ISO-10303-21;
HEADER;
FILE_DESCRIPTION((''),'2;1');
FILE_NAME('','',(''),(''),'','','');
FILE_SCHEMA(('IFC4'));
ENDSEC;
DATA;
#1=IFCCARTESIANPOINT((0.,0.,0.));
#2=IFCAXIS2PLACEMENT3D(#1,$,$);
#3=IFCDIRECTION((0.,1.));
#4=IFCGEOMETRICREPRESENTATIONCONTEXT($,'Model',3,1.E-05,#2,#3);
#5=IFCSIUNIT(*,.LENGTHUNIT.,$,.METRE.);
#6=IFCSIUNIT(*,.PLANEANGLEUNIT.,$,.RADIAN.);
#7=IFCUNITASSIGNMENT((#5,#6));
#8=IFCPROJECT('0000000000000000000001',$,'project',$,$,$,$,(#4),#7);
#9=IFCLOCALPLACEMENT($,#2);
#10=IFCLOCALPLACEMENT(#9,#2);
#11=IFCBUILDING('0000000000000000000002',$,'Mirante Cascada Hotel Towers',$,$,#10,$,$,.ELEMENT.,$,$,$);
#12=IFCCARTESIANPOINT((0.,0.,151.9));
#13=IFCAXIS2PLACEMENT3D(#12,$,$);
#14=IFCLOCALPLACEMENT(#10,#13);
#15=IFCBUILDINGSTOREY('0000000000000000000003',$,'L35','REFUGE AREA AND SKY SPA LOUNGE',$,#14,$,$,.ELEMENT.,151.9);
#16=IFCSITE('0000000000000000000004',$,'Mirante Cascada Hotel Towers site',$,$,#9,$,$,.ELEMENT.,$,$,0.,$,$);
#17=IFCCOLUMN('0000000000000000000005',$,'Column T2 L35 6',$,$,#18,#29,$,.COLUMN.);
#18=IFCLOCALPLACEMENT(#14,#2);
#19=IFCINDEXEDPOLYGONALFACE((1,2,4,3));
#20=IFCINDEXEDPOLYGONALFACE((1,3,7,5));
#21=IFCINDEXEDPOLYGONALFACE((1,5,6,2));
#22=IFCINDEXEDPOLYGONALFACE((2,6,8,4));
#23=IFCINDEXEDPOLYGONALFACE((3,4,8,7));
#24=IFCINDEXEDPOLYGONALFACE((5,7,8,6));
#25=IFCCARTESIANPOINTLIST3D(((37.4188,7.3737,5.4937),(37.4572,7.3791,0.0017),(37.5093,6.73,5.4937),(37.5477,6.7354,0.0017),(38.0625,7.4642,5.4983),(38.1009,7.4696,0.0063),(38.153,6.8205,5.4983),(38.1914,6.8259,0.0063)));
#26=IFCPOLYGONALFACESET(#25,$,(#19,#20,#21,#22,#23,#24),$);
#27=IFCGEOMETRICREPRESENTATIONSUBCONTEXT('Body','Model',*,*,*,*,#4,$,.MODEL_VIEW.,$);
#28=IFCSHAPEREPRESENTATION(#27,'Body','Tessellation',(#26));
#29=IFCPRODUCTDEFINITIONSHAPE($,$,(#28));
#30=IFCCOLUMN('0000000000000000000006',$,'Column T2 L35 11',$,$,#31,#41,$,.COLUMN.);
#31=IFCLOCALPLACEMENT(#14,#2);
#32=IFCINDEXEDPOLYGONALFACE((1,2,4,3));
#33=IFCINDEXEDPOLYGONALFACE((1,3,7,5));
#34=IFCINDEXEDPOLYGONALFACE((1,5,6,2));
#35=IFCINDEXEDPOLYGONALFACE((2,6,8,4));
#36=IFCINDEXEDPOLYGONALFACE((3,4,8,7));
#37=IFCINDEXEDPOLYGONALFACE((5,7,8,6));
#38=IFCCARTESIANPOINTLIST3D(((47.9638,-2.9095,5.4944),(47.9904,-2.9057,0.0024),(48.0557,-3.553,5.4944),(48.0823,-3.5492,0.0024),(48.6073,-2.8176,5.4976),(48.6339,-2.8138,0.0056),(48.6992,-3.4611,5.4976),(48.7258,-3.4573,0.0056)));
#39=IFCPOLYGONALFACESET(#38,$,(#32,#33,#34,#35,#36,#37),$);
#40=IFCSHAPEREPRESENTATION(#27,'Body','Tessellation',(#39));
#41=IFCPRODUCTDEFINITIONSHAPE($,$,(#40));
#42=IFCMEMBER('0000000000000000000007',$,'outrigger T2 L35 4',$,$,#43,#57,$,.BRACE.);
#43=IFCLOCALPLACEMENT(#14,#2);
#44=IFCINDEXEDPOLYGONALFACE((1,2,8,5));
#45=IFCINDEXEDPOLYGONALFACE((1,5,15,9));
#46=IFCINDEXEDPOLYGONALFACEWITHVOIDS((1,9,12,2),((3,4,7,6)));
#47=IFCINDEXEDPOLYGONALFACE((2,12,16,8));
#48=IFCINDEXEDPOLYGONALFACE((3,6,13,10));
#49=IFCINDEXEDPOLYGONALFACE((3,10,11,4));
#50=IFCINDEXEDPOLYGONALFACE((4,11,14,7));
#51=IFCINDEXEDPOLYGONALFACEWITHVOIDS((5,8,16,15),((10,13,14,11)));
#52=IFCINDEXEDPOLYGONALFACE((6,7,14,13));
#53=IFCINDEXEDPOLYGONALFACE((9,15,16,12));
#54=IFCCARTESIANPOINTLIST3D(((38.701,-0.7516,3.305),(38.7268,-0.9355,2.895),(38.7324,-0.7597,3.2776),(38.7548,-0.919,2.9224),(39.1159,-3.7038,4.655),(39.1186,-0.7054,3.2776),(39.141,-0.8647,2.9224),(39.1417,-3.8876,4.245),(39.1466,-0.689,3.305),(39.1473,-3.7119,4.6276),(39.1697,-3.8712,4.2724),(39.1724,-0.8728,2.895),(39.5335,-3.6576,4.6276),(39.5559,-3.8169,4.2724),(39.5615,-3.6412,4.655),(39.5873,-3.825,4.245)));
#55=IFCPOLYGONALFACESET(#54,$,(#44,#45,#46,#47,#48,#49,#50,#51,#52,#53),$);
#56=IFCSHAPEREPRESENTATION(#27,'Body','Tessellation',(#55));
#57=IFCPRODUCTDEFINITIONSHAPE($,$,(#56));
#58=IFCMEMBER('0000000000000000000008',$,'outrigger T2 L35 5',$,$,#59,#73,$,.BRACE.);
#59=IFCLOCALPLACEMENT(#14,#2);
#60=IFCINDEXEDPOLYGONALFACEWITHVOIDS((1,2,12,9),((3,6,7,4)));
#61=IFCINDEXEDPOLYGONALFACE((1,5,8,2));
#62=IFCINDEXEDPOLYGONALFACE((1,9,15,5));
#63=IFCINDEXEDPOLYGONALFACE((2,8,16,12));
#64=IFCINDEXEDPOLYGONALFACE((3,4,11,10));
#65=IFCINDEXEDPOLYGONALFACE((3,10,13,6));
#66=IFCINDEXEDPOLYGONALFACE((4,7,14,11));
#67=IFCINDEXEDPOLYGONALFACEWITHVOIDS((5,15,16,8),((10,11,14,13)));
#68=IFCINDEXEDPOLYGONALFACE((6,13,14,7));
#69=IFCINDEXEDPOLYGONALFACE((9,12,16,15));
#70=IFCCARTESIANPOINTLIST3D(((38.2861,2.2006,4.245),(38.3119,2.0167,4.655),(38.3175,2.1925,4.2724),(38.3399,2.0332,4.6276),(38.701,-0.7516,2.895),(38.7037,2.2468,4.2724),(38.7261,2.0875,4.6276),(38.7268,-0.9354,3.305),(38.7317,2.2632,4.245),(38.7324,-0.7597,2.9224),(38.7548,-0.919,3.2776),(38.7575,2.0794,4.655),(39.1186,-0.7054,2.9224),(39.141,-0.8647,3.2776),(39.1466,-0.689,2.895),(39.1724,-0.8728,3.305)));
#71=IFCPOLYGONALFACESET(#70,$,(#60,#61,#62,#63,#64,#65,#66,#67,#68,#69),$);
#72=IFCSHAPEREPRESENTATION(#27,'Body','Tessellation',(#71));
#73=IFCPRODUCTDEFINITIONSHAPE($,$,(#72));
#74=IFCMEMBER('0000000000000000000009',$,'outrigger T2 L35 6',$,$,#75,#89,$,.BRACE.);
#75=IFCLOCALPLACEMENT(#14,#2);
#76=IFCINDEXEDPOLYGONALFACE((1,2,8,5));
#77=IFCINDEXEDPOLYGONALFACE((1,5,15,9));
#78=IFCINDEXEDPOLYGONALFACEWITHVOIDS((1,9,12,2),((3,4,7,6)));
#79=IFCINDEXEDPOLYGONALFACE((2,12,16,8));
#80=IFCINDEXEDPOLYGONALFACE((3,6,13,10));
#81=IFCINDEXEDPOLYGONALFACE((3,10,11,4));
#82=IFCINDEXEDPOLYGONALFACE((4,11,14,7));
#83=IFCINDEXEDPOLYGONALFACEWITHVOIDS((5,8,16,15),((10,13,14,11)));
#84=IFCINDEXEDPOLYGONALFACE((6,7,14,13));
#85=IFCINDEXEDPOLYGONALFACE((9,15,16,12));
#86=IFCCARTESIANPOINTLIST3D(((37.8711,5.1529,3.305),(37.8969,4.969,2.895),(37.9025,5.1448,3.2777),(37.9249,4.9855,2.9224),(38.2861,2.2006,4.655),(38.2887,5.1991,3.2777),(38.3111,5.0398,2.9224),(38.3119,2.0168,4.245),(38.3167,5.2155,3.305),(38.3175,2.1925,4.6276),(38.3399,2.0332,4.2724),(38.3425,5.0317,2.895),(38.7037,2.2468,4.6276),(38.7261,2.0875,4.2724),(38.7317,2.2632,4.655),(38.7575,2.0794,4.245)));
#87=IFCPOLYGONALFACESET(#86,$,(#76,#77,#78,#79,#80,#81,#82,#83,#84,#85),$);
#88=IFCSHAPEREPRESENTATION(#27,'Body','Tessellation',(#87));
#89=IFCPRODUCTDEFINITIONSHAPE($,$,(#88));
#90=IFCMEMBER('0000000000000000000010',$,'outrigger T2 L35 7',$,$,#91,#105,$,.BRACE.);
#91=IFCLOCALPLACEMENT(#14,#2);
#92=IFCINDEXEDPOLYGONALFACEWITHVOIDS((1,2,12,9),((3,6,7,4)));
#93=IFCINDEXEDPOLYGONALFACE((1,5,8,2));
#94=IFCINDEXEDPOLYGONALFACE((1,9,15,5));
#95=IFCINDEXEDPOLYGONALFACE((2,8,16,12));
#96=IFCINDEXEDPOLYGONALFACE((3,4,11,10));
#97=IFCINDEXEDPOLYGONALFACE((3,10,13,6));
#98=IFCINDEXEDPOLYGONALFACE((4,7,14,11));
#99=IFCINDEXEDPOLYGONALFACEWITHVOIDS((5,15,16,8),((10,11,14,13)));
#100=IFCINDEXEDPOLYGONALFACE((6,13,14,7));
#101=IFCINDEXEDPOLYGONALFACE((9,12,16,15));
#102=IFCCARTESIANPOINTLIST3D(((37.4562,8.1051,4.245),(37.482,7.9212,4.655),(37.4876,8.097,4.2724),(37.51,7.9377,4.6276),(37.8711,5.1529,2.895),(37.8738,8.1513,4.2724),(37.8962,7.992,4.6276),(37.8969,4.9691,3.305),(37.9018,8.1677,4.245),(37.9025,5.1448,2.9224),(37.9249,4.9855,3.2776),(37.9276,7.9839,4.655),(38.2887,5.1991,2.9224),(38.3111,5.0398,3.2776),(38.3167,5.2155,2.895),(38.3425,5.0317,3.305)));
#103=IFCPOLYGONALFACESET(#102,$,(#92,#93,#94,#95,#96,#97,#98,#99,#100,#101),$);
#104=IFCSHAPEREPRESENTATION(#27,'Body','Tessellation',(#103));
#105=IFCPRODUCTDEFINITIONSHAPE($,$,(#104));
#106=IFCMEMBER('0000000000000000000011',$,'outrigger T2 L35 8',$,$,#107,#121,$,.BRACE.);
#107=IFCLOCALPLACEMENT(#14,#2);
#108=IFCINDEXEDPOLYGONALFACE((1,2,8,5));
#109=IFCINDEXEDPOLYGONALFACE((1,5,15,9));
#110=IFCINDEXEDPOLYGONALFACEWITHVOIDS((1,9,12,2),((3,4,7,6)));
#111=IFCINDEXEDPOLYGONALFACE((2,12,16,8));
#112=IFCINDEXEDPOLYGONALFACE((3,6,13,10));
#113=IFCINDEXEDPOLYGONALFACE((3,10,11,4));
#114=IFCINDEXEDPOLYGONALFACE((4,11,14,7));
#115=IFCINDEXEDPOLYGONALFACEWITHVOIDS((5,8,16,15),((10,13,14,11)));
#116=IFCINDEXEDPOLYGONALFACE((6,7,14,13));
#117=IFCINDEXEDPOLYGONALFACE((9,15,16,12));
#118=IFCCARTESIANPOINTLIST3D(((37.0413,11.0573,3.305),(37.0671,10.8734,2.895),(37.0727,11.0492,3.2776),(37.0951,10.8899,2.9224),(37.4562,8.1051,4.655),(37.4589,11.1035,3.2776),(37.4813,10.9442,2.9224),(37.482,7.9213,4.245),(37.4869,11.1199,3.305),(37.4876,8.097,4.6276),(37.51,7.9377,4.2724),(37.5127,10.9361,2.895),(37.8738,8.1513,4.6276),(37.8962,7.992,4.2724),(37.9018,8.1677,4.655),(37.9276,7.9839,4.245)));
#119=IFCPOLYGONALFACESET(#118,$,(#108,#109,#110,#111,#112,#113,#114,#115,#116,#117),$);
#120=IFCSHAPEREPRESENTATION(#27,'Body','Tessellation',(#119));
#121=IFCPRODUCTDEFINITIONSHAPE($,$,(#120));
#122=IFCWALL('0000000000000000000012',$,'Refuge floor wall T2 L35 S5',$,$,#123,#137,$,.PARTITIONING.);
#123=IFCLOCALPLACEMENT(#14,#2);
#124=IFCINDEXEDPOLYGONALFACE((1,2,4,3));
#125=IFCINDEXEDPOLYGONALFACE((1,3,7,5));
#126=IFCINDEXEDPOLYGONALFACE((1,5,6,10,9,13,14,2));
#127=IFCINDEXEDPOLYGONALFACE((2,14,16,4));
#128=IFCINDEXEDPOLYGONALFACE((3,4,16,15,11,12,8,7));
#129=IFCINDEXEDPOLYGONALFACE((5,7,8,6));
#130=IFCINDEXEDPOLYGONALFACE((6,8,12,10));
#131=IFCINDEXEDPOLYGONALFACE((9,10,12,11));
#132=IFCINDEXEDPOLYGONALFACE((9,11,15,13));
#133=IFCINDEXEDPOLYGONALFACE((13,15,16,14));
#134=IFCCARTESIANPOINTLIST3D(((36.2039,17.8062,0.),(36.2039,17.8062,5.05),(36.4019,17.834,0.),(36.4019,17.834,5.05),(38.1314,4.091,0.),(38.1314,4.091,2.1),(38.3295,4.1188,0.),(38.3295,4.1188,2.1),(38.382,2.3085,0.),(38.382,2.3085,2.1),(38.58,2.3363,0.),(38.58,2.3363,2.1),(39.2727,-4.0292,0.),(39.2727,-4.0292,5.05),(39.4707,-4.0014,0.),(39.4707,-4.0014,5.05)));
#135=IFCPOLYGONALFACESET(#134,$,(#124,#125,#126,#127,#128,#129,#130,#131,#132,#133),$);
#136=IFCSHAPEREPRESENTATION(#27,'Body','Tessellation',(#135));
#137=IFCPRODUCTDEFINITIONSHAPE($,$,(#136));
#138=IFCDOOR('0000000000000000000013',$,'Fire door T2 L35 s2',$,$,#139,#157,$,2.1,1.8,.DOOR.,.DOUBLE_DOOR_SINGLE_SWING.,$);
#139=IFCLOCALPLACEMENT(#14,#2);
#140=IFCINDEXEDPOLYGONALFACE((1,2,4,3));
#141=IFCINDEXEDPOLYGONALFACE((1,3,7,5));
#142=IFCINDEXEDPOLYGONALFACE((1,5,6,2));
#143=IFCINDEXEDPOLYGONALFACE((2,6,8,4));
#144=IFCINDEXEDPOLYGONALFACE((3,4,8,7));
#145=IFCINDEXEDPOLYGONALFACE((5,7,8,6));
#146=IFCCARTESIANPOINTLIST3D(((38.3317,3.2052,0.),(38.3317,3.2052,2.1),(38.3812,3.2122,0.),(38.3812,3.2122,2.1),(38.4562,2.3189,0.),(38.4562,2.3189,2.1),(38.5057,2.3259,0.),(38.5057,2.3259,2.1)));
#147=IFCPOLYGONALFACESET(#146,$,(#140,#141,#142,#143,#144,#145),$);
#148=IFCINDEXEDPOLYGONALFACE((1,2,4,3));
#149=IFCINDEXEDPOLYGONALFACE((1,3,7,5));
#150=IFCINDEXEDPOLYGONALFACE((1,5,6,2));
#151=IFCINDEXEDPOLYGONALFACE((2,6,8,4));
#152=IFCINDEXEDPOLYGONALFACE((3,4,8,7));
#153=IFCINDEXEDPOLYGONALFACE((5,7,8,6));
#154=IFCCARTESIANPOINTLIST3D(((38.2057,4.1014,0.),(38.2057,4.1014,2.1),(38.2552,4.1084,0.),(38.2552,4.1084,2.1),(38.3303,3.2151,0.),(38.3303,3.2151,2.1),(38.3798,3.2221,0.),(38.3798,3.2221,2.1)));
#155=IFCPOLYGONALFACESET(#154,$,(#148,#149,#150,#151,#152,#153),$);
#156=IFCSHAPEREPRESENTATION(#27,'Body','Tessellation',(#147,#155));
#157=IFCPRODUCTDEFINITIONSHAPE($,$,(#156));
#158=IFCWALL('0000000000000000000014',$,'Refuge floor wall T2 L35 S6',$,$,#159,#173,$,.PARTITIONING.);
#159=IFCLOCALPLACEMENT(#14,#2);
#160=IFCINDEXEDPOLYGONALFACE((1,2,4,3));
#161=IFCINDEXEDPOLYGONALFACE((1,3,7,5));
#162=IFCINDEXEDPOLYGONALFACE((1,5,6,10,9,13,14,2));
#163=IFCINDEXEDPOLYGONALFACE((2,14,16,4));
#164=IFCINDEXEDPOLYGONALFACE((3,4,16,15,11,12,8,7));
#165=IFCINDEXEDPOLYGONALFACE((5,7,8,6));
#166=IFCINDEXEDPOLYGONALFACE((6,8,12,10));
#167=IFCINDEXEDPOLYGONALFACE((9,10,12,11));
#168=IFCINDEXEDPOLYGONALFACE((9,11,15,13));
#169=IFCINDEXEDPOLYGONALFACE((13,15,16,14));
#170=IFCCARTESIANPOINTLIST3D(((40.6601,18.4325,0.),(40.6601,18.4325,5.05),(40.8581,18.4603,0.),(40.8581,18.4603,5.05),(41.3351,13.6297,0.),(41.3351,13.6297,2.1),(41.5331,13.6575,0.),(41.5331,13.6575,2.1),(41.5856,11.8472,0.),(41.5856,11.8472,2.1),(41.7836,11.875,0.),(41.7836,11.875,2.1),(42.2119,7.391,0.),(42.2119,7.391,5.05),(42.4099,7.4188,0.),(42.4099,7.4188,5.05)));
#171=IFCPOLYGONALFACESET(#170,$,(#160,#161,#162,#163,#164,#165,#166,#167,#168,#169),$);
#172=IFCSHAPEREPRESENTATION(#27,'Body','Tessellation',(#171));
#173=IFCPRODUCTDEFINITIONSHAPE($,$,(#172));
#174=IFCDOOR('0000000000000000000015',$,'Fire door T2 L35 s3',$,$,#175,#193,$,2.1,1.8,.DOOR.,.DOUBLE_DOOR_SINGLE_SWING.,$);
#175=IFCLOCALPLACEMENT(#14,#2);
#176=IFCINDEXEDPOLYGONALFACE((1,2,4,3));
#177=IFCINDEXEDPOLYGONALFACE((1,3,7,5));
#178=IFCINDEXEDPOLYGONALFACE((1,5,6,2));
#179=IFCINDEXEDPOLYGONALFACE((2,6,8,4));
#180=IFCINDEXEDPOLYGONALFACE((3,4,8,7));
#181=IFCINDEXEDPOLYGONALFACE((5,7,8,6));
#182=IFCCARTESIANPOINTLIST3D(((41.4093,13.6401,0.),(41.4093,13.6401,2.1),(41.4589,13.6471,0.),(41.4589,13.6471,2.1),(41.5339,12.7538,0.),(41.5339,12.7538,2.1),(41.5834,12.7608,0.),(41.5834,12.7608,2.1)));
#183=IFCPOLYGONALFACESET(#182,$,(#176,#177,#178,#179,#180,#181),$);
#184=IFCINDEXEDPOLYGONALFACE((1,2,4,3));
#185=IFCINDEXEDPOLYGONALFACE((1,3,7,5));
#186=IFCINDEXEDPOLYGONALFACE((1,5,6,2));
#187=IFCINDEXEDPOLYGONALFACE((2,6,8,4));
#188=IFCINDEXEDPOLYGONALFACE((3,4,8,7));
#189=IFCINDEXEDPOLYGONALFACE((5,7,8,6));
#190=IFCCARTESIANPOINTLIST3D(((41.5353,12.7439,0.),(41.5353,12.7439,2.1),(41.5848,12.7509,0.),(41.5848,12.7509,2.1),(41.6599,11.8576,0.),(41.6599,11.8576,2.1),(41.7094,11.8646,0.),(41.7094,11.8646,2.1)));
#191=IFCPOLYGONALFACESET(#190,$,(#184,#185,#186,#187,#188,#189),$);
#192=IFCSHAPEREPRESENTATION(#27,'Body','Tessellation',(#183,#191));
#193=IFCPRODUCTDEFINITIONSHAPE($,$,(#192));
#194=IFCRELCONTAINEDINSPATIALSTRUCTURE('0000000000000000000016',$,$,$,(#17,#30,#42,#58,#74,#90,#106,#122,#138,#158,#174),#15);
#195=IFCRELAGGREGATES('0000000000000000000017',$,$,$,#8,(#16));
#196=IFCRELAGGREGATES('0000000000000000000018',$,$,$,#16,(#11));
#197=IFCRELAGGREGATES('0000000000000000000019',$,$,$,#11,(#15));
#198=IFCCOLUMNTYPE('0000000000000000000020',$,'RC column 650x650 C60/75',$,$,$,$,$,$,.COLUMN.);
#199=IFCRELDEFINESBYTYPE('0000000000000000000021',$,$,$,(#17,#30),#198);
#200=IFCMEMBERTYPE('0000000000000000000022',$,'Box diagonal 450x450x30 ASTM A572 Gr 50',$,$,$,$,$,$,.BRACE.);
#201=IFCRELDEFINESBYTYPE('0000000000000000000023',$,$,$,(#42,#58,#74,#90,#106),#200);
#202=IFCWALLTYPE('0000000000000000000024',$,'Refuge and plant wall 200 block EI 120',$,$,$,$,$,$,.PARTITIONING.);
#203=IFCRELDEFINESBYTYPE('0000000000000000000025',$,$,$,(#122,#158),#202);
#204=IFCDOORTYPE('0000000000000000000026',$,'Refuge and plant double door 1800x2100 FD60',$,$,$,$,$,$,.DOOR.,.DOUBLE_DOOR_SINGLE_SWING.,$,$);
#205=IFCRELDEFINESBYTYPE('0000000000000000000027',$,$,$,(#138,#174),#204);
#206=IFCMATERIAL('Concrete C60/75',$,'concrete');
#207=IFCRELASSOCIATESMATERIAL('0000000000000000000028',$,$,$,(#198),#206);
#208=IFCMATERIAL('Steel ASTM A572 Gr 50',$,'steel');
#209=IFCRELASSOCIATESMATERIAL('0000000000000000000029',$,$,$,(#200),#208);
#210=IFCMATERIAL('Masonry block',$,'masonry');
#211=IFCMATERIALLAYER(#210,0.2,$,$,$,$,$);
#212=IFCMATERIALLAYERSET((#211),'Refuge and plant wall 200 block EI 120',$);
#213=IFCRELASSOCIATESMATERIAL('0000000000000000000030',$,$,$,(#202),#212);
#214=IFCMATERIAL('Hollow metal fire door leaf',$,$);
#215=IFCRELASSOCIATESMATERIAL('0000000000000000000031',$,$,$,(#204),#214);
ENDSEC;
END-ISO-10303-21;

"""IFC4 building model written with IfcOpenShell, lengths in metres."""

from ifc_helpers import new_model, si_unit, direction, frame, frame_2d, origin, origin_2d, place, context, subcontext, project, spatial, rectangle, hollow_rectangle, extrude, material, layer, layer_set, material_profile, profile_set, type_object, element, fill, save


model = new_model("IFC4")

# Units and contexts
model_context = context("Model", 3, precision=1e-05, world=origin(), true_north=direction((0.0, 1.0)))
body_context = subcontext(model_context, "Body", "Model", "MODEL_VIEW")
ifc_project = project(units=[si_unit("LENGTHUNIT", "METRE"), si_unit("PLANEANGLEUNIT", "RADIAN")], contexts=[model_context])

# Site, building, storey
site_placement = place(None, origin())
site = spatial("IfcSite", under=ifc_project, at=site_placement, Name="Mirante Cascada Hotel Towers site", CompositionType="ELEMENT", RefElevation=0.0)
building_placement = place(site_placement, origin())
building = spatial("IfcBuilding", under=site, at=building_placement, Name="Mirante Cascada Hotel Towers", CompositionType="ELEMENT")
storey_placement = place(building_placement, frame((0.0, 0.0, 151.9)))
storey = spatial("IfcBuildingStorey", under=building, at=storey_placement, Name="L35", Description="REFUGE AREA AND SKY SPA LOUNGE", CompositionType="ELEMENT", Elevation=151.9)

# Columns
ifc_material_1 = material(Name="Concrete C60/75", Category="concrete")
ifc_material_profile_1 = material_profile(ifc_material_1, rectangle(XDim=0.65, YDim=0.65, at=origin_2d()), Name="RC column 650x650 C60/75")
ifc_profile_set_1 = profile_set([ifc_material_profile_1], Name="Concrete C60/75")
column_type = type_object("IfcColumnType", Name="RC column 650x650 C60/75", PredefinedType="COLUMN", material=ifc_profile_set_1)
for number, where, z_axis, x_axis, name in (
    (1, (37.8243, 7.1025, 0.004), (-0.006992, -0.000983, 0.999975), (0.139255, -0.990257, 0.0), "Column T2 L35 6"),
    (2, (48.3581, -3.1815, 0.004), (-0.004843, -0.000692, 0.999988), (0.141421, -0.98995, 0.0), "Column T2 L35 11"),
):
    element("IfcColumn", number, at=place(storey_placement, frame(where, z_axis=z_axis, x_axis=x_axis)), inside=storey, type_object=column_type, Name=name, PredefinedType="COLUMN", context=body_context, shape_type="SweptSolid", body=[
        extrude(rectangle(XDim=0.65, YDim=0.65, at=origin_2d()), origin(), (0.0, 0.0, 1.0), 5.4921),
    ])

# Members
ifc_material_2 = material(Name="Steel ASTM A572 Gr 50", Category="steel")
ifc_material_profile_2 = material_profile(ifc_material_2, hollow_rectangle(XDim=0.45, YDim=0.45, WallThickness=0.03, at=origin_2d()), Name="Box diagonal 450x450x30 ASTM A572 Gr 50")
ifc_profile_set_2 = profile_set([ifc_material_profile_2], Name="Steel ASTM A572 Gr 50")
member_type = type_object("IfcMemberType", Name="Box diagonal 450x450x30 ASTM A572 Gr 50", PredefinedType="BRACE", material=ifc_profile_set_2)
for number, where, z_axis, x_axis, name in (
    (3, (39.3516, -3.7644, 4.45), (-0.126779, 0.902087, -0.412512), (-0.990268, -0.139172, 0.0), "outrigger T2 L35 4"),
    (4, (38.9367, -0.8122, 3.1), (-0.126779, 0.902087, 0.412512), (-0.990268, -0.139172, 0.0), "outrigger T2 L35 5"),
):
    element("IfcMember", number, at=place(storey_placement, frame(where, z_axis=z_axis, x_axis=x_axis)), inside=storey, type_object=member_type, Name=name, PredefinedType="BRACE", context=body_context, shape_type="SweptSolid", body=[
        extrude(hollow_rectangle(XDim=0.45, YDim=0.45, WallThickness=0.03, at=origin_2d()), origin(), (0.0, 0.0, 1.0), 3.2726),
    ])
member_placement = place(storey_placement, frame((38.5218, 2.14, 4.45), z_axis=(-0.126805, 0.902089, -0.412499), x_axis=(-0.990264, -0.1392, 0.0)))
element("IfcMember", 5, at=member_placement, inside=storey, type_object=member_type, Name="outrigger T2 L35 6", PredefinedType="BRACE", context=body_context, shape_type="SweptSolid", body=[
    extrude(hollow_rectangle(XDim=0.45, YDim=0.45, WallThickness=0.03, at=origin_2d()), origin(), (0.0, 0.0, 1.0), 3.2727),
])
for number, where, z_axis, x_axis, name in (
    (6, (38.1068, 5.0923, 3.1), (-0.126779, 0.902087, 0.412512), (-0.990268, -0.139172, 0.0), "outrigger T2 L35 7"),
    (7, (37.6919, 8.0445, 4.45), (-0.126779, 0.902087, -0.412512), (-0.990268, -0.139172, 0.0), "outrigger T2 L35 8"),
):
    element("IfcMember", number, at=place(storey_placement, frame(where, z_axis=z_axis, x_axis=x_axis)), inside=storey, type_object=member_type, Name=name, PredefinedType="BRACE", context=body_context, shape_type="SweptSolid", body=[
        extrude(hollow_rectangle(XDim=0.45, YDim=0.45, WallThickness=0.03, at=origin_2d()), origin(), (0.0, 0.0, 1.0), 3.2726),
    ])

# Walls, openings, doors
ifc_material_3 = material(Name="Masonry block", Category="masonry")
ifc_layer = layer(ifc_material_3, 0.2)
ifc_layer_set = layer_set([ifc_layer], Name="Refuge and plant wall 200 block EI 120")
wall_type = type_object("IfcWallType", Name="Refuge and plant wall 200 block EI 120", PredefinedType="PARTITIONING", material=ifc_layer_set)
wall_1_placement = place(storey_placement, frame((39.3717, -4.0153, 0.0), z_axis=(0.0, 0.0, 1.0), x_axis=(-0.139175, 0.990268, 0.0)))
wall_1 = element("IfcWall", 8, at=wall_1_placement, inside=storey, type_object=wall_type, Name="Refuge floor wall T2 L35 S5", PredefinedType="PARTITIONING", context=body_context, shape_type="SweptSolid", body=[
    extrude(rectangle(XDim=22.05, YDim=0.2, at=frame_2d((11.025, 0.0))), origin(), (0.0, 0.0, 1.0), 5.05),
])
opening_1_placement = place(wall_1_placement, frame((6.4, 0.0, 0.0)))
opening_1 = element("IfcOpeningElement", 9, at=opening_1_placement, cuts=wall_1, PredefinedType="OPENING", context=body_context, shape_type="SweptSolid", body=[
    extrude(rectangle(XDim=1.8, YDim=2.1, at=frame_2d((0.9, 1.05))), frame((0.0, 0.1, 0.0), z_axis=(0.0, -1.0, 0.0), x_axis=(1.0, 0.0, 0.0)), (0.0, 0.0, 1.0), 0.2),
])
ifc_material_4 = material(Name="Hollow metal fire door leaf")
door_type = type_object("IfcDoorType", Name="Refuge and plant double door 1800x2100 FD60", OperationType="DOUBLE_DOOR_SINGLE_SWING", PredefinedType="DOOR", material=ifc_material_4)
door_1_placement = place(opening_1_placement, origin())
door_1 = element("IfcDoor", 10, at=door_1_placement, inside=storey, type_object=door_type, Name="Fire door T2 L35 s2", OperationType="DOUBLE_DOOR_SINGLE_SWING", OverallHeight=2.1, OverallWidth=1.8, PredefinedType="DOOR", context=body_context, shape_type="SweptSolid", body=[
    extrude(rectangle(XDim=0.895, YDim=2.1, at=frame_2d((0.4475, 1.05))), frame((0.0, 0.025, 0.0), z_axis=(0.0, -1.0, 0.0), x_axis=(1.0, 0.0, 0.0)), (0.0, 0.0, 1.0), 0.05),
    extrude(rectangle(XDim=0.895, YDim=2.1, at=frame_2d((1.3525, 1.05))), frame((0.0, 0.025, 0.0), z_axis=(0.0, -1.0, 0.0), x_axis=(1.0, 0.0, 0.0)), (0.0, 0.0, 1.0), 0.05),
])
fill(opening_1, door_1)
wall_2_placement = place(storey_placement, frame((42.3109, 7.4049, 0.0), z_axis=(0.0, 0.0, 1.0), x_axis=(-0.139175, 0.990268, 0.0)))
wall_2 = element("IfcWall", 11, at=wall_2_placement, inside=storey, type_object=wall_type, Name="Refuge floor wall T2 L35 S6", PredefinedType="PARTITIONING", context=body_context, shape_type="SweptSolid", body=[
    extrude(rectangle(XDim=11.15, YDim=0.2, at=frame_2d((5.575, 0.0))), origin(), (0.0, 0.0, 1.0), 5.05),
])
opening_2_placement = place(wall_2_placement, frame((4.5, 0.0, 0.0)))
opening_2 = element("IfcOpeningElement", 12, at=opening_2_placement, cuts=wall_2, PredefinedType="OPENING", context=body_context, shape_type="SweptSolid", body=[
    extrude(rectangle(XDim=1.8, YDim=2.1, at=frame_2d((0.9, 1.05))), frame((0.0, 0.1, 0.0), z_axis=(0.0, -1.0, 0.0), x_axis=(1.0, 0.0, 0.0)), (0.0, 0.0, 1.0), 0.2),
])
door_2_placement = place(opening_2_placement, frame((1.8, 0.0, 0.0), z_axis=(0.0, 0.0, 1.0), x_axis=(-1.0, 0.0, 0.0)))
door_2 = element("IfcDoor", 13, at=door_2_placement, inside=storey, type_object=door_type, Name="Fire door T2 L35 s3", OperationType="DOUBLE_DOOR_SINGLE_SWING", OverallHeight=2.1, OverallWidth=1.8, PredefinedType="DOOR", context=body_context, shape_type="SweptSolid", body=[
    extrude(rectangle(XDim=0.895, YDim=2.1, at=frame_2d((0.4475, 1.05))), frame((0.0, 0.025, 0.0), z_axis=(0.0, -1.0, 0.0), x_axis=(1.0, 0.0, 0.0)), (0.0, 0.0, 1.0), 0.05),
    extrude(rectangle(XDim=0.895, YDim=2.1, at=frame_2d((1.3525, 1.05))), frame((0.0, 0.025, 0.0), z_axis=(0.0, -1.0, 0.0), x_axis=(1.0, 0.0, 0.0)), (0.0, 0.0, 1.0), 0.05),
])
fill(opening_2, door_2)

save(model, "model.ifc")
